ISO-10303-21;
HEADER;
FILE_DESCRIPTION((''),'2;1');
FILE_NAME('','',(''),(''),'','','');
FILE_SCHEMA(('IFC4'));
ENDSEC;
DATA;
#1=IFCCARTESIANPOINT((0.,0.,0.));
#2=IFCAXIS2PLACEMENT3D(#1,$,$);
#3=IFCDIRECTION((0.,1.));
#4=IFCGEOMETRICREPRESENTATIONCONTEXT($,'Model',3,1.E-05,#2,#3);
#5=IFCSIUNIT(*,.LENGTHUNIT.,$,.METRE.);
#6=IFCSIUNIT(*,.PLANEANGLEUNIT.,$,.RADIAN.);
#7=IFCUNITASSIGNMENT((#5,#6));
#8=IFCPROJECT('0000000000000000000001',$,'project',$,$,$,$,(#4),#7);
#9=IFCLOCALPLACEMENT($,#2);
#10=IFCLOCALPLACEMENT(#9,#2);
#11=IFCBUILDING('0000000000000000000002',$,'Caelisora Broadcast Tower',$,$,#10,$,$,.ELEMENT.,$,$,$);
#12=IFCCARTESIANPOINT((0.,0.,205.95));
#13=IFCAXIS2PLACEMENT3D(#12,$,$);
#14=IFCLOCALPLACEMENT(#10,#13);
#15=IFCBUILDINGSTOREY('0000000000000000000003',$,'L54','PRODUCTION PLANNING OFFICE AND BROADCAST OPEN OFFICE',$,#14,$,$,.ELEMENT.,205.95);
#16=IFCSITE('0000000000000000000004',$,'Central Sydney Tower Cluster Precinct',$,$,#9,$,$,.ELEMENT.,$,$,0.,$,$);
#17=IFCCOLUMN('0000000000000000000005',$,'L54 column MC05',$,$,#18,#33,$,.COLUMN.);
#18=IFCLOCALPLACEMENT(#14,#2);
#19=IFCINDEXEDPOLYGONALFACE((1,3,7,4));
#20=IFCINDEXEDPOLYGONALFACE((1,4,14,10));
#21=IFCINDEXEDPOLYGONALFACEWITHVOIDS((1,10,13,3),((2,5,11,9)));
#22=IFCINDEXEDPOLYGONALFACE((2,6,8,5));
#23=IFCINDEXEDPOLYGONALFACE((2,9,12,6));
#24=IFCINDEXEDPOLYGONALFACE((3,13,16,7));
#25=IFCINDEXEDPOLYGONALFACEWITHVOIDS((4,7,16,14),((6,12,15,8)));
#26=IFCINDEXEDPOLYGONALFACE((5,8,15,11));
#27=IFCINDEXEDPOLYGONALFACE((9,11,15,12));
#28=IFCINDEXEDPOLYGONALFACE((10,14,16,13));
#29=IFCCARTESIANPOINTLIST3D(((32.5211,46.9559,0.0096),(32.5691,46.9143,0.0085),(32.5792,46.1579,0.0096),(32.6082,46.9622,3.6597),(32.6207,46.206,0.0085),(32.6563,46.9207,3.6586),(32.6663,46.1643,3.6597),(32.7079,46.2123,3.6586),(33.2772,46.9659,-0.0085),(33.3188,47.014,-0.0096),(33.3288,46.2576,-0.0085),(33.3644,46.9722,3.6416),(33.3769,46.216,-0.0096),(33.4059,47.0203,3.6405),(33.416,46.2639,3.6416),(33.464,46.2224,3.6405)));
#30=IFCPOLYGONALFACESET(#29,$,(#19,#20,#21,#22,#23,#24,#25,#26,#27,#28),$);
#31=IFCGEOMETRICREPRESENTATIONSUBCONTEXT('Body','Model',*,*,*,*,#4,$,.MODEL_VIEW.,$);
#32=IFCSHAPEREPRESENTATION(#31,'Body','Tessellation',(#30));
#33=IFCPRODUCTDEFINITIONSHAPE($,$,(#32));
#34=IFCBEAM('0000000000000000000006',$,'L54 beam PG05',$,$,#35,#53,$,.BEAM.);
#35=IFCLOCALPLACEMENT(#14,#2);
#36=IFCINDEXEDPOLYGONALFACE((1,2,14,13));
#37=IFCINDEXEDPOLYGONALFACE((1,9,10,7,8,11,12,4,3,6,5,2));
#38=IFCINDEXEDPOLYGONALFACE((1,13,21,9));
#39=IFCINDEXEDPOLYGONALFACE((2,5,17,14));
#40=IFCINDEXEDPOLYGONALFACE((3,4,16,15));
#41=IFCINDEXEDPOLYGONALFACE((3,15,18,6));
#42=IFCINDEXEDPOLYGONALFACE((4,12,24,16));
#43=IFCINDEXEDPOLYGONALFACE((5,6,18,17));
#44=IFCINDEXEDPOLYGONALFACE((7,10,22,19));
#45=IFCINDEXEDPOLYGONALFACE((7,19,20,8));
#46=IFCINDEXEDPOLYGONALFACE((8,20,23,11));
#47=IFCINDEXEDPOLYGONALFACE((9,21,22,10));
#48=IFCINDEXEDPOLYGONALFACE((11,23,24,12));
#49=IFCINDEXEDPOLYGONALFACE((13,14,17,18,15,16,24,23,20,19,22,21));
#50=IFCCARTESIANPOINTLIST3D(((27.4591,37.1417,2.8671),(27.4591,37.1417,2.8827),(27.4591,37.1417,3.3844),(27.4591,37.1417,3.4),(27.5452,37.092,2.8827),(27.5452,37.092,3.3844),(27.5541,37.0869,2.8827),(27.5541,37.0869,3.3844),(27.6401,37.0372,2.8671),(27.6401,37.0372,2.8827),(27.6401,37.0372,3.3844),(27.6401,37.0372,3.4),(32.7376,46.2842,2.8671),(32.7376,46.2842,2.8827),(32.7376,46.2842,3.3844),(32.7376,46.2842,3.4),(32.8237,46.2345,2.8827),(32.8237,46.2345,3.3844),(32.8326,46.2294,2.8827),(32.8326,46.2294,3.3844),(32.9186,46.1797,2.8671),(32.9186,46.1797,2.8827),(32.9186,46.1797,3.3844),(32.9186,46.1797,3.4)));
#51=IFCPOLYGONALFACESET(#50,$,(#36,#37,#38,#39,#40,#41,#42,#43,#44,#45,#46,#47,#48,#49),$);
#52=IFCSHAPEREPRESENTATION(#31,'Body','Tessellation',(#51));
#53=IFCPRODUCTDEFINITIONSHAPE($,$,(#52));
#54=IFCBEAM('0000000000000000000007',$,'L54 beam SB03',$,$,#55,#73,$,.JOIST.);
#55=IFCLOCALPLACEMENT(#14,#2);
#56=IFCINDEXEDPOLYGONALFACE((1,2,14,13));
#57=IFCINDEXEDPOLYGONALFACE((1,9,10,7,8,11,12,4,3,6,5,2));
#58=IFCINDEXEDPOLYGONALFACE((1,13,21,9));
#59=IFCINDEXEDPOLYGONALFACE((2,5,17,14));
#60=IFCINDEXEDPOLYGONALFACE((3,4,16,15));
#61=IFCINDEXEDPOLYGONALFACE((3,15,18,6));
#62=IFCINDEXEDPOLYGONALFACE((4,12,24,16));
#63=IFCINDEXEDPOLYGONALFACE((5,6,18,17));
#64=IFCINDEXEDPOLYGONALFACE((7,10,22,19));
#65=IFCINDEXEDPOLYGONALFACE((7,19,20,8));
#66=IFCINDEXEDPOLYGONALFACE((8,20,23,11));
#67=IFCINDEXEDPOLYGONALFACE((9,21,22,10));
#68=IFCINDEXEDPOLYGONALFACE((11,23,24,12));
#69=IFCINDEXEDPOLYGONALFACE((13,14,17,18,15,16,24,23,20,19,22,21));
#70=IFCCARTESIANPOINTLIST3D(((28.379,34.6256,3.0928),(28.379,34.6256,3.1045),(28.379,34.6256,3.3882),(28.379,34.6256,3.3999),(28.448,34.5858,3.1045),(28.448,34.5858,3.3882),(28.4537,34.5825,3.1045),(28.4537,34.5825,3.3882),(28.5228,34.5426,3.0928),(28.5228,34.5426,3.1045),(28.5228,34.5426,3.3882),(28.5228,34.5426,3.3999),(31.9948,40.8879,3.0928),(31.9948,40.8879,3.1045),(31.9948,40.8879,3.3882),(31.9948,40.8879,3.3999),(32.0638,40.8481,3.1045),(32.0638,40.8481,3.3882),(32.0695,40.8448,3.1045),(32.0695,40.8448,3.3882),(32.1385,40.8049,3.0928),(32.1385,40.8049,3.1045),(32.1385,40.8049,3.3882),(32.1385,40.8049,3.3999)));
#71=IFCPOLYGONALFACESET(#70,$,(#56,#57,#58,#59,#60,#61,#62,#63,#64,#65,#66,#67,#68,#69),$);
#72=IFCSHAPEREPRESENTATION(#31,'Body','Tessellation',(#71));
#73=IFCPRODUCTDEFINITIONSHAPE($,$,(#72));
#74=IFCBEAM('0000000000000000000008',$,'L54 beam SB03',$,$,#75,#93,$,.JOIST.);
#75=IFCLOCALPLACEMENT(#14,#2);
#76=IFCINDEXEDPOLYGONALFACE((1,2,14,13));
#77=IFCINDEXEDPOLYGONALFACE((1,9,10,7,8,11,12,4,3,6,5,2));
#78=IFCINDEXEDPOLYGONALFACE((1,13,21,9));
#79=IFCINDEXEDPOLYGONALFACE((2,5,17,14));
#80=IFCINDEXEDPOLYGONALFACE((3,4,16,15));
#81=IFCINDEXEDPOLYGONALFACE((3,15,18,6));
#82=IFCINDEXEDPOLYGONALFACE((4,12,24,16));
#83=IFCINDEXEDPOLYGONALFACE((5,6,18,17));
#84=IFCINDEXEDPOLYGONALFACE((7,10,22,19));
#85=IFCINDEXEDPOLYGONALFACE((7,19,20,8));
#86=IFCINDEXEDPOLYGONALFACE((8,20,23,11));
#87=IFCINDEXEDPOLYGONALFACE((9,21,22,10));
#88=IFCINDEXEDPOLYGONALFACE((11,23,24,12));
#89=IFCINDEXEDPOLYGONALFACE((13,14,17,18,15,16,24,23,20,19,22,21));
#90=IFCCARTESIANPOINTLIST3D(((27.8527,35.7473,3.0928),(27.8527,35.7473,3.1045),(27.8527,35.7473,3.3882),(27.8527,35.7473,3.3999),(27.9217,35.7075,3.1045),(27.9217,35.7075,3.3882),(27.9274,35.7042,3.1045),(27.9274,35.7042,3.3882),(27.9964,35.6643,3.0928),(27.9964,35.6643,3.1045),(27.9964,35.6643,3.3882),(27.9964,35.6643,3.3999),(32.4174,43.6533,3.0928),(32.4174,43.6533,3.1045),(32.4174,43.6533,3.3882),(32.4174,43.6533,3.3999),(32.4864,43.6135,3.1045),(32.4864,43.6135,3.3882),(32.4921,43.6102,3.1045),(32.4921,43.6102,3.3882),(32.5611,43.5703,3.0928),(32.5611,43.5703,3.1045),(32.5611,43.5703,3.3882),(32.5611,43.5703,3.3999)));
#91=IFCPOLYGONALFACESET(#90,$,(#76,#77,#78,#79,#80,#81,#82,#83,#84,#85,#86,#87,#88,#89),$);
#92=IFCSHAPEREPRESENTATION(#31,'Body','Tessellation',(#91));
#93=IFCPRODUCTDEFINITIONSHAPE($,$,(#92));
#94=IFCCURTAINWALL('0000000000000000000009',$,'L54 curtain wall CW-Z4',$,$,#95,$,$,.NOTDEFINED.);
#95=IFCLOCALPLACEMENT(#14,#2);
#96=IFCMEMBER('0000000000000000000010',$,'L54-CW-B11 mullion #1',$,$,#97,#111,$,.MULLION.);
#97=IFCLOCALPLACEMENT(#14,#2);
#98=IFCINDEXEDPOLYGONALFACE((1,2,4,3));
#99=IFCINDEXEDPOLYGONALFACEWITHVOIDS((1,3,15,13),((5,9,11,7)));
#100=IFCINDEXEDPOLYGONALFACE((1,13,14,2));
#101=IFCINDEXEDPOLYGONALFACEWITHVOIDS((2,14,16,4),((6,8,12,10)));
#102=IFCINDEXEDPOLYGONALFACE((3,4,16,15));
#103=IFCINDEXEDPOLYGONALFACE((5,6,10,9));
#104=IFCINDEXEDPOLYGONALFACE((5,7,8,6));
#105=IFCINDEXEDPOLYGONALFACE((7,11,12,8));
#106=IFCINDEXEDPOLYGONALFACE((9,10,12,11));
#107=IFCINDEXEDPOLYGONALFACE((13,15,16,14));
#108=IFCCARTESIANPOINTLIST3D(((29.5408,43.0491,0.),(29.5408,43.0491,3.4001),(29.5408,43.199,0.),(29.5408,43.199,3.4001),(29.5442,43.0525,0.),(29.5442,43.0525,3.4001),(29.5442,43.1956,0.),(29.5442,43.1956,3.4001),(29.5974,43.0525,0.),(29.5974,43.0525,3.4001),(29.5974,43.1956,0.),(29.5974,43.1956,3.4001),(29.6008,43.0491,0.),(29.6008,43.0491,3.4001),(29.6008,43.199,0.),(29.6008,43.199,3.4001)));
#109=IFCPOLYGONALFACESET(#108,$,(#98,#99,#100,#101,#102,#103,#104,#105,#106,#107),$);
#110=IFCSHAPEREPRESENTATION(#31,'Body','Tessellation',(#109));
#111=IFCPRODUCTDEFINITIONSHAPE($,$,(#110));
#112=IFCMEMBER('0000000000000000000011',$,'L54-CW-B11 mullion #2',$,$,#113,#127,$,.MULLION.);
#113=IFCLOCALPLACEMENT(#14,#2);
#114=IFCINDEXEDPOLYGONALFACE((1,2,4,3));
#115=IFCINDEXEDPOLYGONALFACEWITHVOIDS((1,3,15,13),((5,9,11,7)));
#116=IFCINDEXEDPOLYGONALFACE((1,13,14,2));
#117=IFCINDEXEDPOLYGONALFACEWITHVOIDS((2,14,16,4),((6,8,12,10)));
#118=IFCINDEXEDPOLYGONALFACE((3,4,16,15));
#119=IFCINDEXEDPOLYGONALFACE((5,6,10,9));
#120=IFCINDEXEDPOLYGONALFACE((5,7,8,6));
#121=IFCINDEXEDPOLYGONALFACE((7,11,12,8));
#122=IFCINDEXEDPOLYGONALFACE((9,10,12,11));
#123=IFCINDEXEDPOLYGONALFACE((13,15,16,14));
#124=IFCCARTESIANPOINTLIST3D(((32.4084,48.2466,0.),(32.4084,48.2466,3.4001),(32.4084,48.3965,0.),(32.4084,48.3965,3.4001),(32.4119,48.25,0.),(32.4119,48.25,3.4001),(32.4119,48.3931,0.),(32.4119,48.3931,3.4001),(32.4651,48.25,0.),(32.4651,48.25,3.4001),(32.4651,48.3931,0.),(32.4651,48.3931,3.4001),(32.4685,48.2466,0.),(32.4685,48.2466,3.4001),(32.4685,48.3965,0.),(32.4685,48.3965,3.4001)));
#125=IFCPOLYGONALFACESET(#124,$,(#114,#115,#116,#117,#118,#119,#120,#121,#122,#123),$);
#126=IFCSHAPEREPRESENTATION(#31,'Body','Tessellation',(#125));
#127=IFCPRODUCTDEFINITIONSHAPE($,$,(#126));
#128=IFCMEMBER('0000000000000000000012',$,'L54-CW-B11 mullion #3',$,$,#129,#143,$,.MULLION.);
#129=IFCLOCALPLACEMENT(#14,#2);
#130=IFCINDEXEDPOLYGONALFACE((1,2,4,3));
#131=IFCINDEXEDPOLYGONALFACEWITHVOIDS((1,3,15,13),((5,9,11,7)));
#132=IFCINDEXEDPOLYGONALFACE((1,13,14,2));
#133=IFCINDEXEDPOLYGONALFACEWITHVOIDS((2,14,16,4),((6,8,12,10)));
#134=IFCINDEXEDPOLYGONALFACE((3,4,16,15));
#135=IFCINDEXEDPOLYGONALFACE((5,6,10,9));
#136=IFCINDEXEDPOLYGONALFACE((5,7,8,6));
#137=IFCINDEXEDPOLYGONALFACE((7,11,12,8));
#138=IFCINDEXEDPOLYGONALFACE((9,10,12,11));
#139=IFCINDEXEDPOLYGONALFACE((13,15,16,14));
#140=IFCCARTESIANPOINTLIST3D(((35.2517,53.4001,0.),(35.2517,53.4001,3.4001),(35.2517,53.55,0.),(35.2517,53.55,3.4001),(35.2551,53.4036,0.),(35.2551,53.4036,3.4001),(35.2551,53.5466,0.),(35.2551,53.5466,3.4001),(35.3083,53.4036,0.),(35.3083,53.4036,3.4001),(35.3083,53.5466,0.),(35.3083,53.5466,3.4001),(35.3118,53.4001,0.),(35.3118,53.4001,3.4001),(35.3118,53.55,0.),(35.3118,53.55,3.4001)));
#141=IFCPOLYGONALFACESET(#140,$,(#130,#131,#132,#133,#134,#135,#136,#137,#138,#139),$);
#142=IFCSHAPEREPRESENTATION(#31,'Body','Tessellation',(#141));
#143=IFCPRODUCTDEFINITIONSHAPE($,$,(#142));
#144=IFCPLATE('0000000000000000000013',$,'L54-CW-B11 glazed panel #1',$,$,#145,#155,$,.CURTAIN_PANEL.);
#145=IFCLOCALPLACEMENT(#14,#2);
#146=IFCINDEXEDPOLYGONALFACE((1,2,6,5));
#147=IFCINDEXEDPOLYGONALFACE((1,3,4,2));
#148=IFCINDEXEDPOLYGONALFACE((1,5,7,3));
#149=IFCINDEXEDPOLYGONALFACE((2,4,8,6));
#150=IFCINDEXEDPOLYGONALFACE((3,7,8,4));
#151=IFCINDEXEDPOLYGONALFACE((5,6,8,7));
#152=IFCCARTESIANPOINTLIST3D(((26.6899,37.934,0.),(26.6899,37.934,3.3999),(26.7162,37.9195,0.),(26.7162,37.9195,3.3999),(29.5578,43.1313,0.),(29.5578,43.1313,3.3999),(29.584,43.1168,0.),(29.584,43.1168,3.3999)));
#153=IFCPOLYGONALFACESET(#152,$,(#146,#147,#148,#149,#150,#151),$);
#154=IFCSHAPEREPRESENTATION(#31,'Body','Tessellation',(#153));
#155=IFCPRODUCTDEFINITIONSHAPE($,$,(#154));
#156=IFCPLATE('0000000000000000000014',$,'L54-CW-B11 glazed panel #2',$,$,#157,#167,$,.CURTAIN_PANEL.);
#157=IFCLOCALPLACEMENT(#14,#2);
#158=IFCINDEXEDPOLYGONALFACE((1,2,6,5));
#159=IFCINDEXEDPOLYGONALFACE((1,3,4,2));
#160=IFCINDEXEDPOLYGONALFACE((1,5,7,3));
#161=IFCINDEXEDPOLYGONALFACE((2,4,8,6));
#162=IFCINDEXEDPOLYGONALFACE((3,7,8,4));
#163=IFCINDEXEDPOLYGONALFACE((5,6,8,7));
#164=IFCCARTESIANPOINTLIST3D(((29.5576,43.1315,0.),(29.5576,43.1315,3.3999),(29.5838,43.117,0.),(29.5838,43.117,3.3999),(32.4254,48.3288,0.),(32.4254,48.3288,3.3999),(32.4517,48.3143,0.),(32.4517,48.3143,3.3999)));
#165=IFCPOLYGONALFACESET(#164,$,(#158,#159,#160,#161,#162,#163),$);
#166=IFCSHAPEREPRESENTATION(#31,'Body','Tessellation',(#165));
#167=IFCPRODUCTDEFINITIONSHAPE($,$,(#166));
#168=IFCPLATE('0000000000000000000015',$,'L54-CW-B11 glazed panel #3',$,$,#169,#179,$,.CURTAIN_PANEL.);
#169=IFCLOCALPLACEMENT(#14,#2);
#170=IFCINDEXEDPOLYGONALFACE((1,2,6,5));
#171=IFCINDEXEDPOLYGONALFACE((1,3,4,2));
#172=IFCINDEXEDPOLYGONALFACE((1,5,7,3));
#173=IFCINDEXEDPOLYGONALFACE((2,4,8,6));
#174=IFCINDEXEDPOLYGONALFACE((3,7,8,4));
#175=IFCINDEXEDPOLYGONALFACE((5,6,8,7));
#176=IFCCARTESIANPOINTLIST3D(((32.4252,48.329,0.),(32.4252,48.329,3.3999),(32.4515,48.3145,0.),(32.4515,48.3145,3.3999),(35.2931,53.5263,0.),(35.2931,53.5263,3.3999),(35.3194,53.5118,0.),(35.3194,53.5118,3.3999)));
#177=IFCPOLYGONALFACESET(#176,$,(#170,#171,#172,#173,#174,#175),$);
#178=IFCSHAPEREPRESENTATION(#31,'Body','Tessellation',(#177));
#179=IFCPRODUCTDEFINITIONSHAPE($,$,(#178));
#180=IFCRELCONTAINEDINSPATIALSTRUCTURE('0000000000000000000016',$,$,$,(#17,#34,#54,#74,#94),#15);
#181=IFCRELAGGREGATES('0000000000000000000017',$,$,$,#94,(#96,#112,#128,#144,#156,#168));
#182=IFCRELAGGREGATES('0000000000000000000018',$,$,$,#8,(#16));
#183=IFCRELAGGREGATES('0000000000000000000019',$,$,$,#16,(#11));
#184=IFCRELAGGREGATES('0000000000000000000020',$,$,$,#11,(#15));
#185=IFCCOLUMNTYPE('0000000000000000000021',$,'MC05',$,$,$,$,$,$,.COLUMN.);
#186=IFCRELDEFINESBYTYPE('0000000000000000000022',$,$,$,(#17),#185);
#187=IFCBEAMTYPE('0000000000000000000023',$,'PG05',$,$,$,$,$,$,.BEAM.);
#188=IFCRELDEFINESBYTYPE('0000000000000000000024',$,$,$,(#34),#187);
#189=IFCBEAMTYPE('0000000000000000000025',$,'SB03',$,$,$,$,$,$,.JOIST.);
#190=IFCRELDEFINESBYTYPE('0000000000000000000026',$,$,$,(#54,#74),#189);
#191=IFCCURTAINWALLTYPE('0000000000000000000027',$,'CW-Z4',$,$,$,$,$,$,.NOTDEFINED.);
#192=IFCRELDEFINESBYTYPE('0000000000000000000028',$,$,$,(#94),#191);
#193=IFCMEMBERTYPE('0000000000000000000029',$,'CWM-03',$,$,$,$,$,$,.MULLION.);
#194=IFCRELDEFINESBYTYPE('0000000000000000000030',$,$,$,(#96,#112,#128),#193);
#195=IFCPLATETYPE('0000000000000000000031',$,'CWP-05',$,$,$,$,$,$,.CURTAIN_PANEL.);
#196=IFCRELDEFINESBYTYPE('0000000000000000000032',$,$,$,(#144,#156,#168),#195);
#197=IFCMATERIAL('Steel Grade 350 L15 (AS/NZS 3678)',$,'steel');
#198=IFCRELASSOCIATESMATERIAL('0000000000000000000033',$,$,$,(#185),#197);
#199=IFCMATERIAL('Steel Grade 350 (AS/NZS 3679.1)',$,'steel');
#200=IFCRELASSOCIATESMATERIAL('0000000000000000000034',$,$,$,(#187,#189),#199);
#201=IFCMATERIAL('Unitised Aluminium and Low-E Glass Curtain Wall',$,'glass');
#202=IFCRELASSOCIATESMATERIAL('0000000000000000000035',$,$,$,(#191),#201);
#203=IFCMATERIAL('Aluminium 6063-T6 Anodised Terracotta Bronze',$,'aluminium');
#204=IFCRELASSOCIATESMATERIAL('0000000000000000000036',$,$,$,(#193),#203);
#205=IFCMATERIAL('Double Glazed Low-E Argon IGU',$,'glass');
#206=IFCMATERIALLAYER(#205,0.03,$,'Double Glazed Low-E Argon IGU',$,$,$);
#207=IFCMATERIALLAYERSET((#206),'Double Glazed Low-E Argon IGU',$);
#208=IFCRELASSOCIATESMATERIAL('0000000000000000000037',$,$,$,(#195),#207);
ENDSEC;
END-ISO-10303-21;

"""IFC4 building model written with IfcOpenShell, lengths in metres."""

from ifc_helpers import new_model, si_unit, direction, frame, origin, origin_2d, place, context, subcontext, project, spatial, rectangle, hollow_rectangle, i_section, extrude, source, transform, mapped, material, layer, layer_set, material_profile, profile_set, type_object, type_shapes, element, aggregate, save


model = new_model("IFC4")

# Units and contexts
model_context = context("Model", 3, precision=1e-05, world=origin(), true_north=direction((0.0, 1.0)))
body_context = subcontext(model_context, "Body", "Model", "MODEL_VIEW")
ifc_project = project(units=[si_unit("LENGTHUNIT", "METRE"), si_unit("PLANEANGLEUNIT", "RADIAN")], contexts=[model_context])

# Site, building, storey
site_placement = place(None, origin())
site = spatial("IfcSite", under=ifc_project, at=site_placement, Name="Central Sydney Tower Cluster Precinct", CompositionType="ELEMENT", RefElevation=0.0)
building_placement = place(site_placement, origin())
building = spatial("IfcBuilding", under=site, at=building_placement, Name="Caelisora Broadcast Tower", CompositionType="ELEMENT")
storey_placement = place(building_placement, frame((0.0, 0.0, 205.95)))
storey = spatial("IfcBuildingStorey", under=building, at=storey_placement, Name="L54", Description="PRODUCTION PLANNING OFFICE AND BROADCAST OPEN OFFICE", CompositionType="ELEMENT", Elevation=205.95)

# Column
ifc_material_1 = material(Name="Steel Grade 350 L15 (AS/NZS 3678)", Category="steel")
ifc_material_profile_1 = material_profile(ifc_material_1, hollow_rectangle(XDim=0.8, YDim=0.8, WallThickness=0.0449, at=origin_2d()), Name="Steel Grade 350 L15 (AS/NZS 3678)")
ifc_profile_set_1 = profile_set([ifc_material_profile_1], Name="Steel Grade 350 L15 (AS/NZS 3678)")
column_type = type_object("IfcColumnType", Name="MC05", PredefinedType="COLUMN", material=ifc_profile_set_1)
shared_shape_1 = source(origin(), body_context, "Body", "SweptSolid", [
    extrude(hollow_rectangle(XDim=0.8, YDim=0.8, WallThickness=0.0449, at=origin_2d()), origin(), (0.0, 0.0, 1.0), 3.6511),
])
type_shapes(column_type, [shared_shape_1])
column_placement = place(storey_placement, frame((32.949, 46.5859, 0.0), z_axis=(0.023871, 0.001739, 0.999714), x_axis=(-0.072637, 0.997358, 0.0)))
element("IfcColumn", 1, at=column_placement, inside=storey, type_object=column_type, Name="L54 column MC05", PredefinedType="COLUMN", context=body_context, shape_type="MappedRepresentation", body=[
    mapped(shared_shape_1, transform((0.0, 0.0, 0.0), scale=1.0)),
])

# Beams
ifc_material_2 = material(Name="Steel Grade 350 (AS/NZS 3679.1)", Category="steel")
ifc_material_profile_2 = material_profile(ifc_material_2, i_section(OverallWidth=0.209, OverallDepth=0.533, WebThickness=0.0103, FlangeThickness=0.0156, at=origin_2d()), Name="Steel Grade 350 (AS/NZS 3679.1)")
ifc_profile_set_2 = profile_set([ifc_material_profile_2], Name="Steel Grade 350 (AS/NZS 3679.1)")
beam_type_1 = type_object("IfcBeamType", Name="PG05", PredefinedType="BEAM", material=ifc_profile_set_2)
shared_shape_2 = source(origin(), body_context, "Body", "SweptSolid", [
    extrude(i_section(OverallWidth=0.209, OverallDepth=0.533, WebThickness=0.0103, FlangeThickness=0.0156, at=origin_2d()), origin(), (0.0, 0.0, 1.0), 10.5569),
])
type_shapes(beam_type_1, [shared_shape_2])
beam_1_placement = place(storey_placement, frame((32.8281, 46.2319, 3.1335), z_axis=(-0.500007, -0.866022, 0.0), x_axis=(0.866022, -0.500007, 0.0)))
element("IfcBeam", 2, at=beam_1_placement, inside=storey, type_object=beam_type_1, Name="L54 beam PG05", PredefinedType="BEAM", context=body_context, shape_type="MappedRepresentation", body=[
    mapped(shared_shape_2, transform((0.0, 0.0, 0.0), scale=1.0)),
])
ifc_material_profile_3 = material_profile(ifc_material_2, i_section(OverallWidth=0.166, OverallDepth=0.3071, WebThickness=0.0066, FlangeThickness=0.0117, at=origin_2d()), Name="Steel Grade 350 (AS/NZS 3679.1)")
ifc_profile_set_3 = profile_set([ifc_material_profile_3], Name="Steel Grade 350 (AS/NZS 3679.1)")
beam_type_2 = type_object("IfcBeamType", Name="SB03", PredefinedType="JOIST", material=ifc_profile_set_3)
shared_shape_3 = source(origin(), body_context, "Body", "SweptSolid", [
    extrude(i_section(OverallWidth=0.166, OverallDepth=0.3071, WebThickness=0.0066, FlangeThickness=0.0117, at=origin_2d()), origin(), (0.0, 0.0, 1.0), 7.2312),
])
beam_2_placement = place(storey_placement, frame((32.0667, 40.8464, 3.2463), z_axis=(-0.500024, -0.866011, 0.0), x_axis=(0.866011, -0.500024, 0.0)))
element("IfcBeam", 3, at=beam_2_placement, inside=storey, type_object=beam_type_2, Name="L54 beam SB03", PredefinedType="JOIST", context=body_context, shape_type="MappedRepresentation", body=[
    mapped(shared_shape_3, transform((0.0, 0.0, 0.0), scale=1.0)),
])
shared_shape_4 = source(origin(), body_context, "Body", "SweptSolid", [
    extrude(i_section(OverallWidth=0.166, OverallDepth=0.3071, WebThickness=0.0066, FlangeThickness=0.0117, at=origin_2d()), origin(), (0.0, 0.0, 1.0), 9.1292),
])
type_shapes(beam_type_2, [shared_shape_3, shared_shape_4])
beam_3_placement = place(storey_placement, frame((32.4893, 43.6118, 3.2463), z_axis=(-0.500013, -0.866018, 0.0), x_axis=(0.866018, -0.500013, 0.0)))
element("IfcBeam", 4, at=beam_3_placement, inside=storey, type_object=beam_type_2, Name="L54 beam SB03", PredefinedType="JOIST", context=body_context, shape_type="MappedRepresentation", body=[
    mapped(shared_shape_4, transform((0.0, 0.0, 0.0), scale=1.0)),
])

# Curtain wall, members, plates
ifc_material_3 = material(Name="Unitised Aluminium and Low-E Glass Curtain Wall", Category="glass")
curtain_wall_type = type_object("IfcCurtainWallType", Name="CW-Z4", PredefinedType="NOTDEFINED", material=ifc_material_3)
curtain_wall_placement = place(storey_placement, origin())
curtain_wall = element("IfcCurtainWall", 5, at=curtain_wall_placement, inside=storey, type_object=curtain_wall_type, Name="L54 curtain wall CW-Z4", PredefinedType="NOTDEFINED")
ifc_material_4 = material(Name="Aluminium 6063-T6 Anodised Terracotta Bronze", Category="aluminium")
ifc_material_profile_4 = material_profile(ifc_material_4, hollow_rectangle(XDim=0.0601, YDim=0.1499, WallThickness=0.0034, at=origin_2d()), Name="Aluminium 6063-T6 Anodised Terracotta Bronze")
ifc_profile_set_4 = profile_set([ifc_material_profile_4], Name="Aluminium 6063-T6 Anodised Terracotta Bronze")
member_type = type_object("IfcMemberType", Name="CWM-03", PredefinedType="MULLION", material=ifc_profile_set_4)
shared_shape_5 = source(origin(), body_context, "Body", "SweptSolid", [
    extrude(hollow_rectangle(XDim=0.0601, YDim=0.1499, WallThickness=0.0034, at=origin_2d()), origin(), (0.0, 0.0, 1.0), 3.4001),
])
type_shapes(member_type, [shared_shape_5])
member_1_placement = place(storey_placement, frame((29.5708, 43.124, 0.0), z_axis=(0.0, 0.0, 1.0), x_axis=(1.0, 0.0, 0.0)))
member_1 = element("IfcMember", 6, at=member_1_placement, type_object=member_type, Name="L54-CW-B11 mullion #1", PredefinedType="MULLION", context=body_context, shape_type="MappedRepresentation", body=[
    mapped(shared_shape_5, transform((0.0, 0.0, 0.0), scale=1.0)),
])
member_2_placement = place(storey_placement, frame((32.4385, 48.3215, 0.0), z_axis=(0.0, 0.0, 1.0), x_axis=(1.0, 0.0, 0.0)))
member_2 = element("IfcMember", 7, at=member_2_placement, type_object=member_type, Name="L54-CW-B11 mullion #2", PredefinedType="MULLION", context=body_context, shape_type="MappedRepresentation", body=[
    mapped(shared_shape_5, transform((0.0, 0.0, 0.0), scale=1.0)),
])
member_3_placement = place(storey_placement, frame((35.2817, 53.4751, 0.0), z_axis=(0.0, 0.0, 1.0), x_axis=(1.0, 0.0, 0.0)))
member_3 = element("IfcMember", 8, at=member_3_placement, type_object=member_type, Name="L54-CW-B11 mullion #3", PredefinedType="MULLION", context=body_context, shape_type="MappedRepresentation", body=[
    mapped(shared_shape_5, transform((0.0, 0.0, 0.0), scale=1.0)),
])
ifc_material_5 = material(Name="Double Glazed Low-E Argon IGU", Category="glass")
ifc_layer_1 = layer(ifc_material_5, 0.03, Name="Double Glazed Low-E Argon IGU")
ifc_layer_set_1 = layer_set([ifc_layer_1], Name="Double Glazed Low-E Argon IGU")
plate_type = type_object("IfcPlateType", Name="CWP-05", PredefinedType="CURTAIN_PANEL", material=ifc_layer_set_1)
shared_shape_6 = source(origin(), body_context, "Body", "SweptSolid", [
    extrude(rectangle(XDim=5.936, YDim=0.03, at=origin_2d()), origin(), (0.0, 0.0, 1.0), 3.3999),
])
type_shapes(plate_type, [shared_shape_6])
plate_1_placement = place(storey_placement, frame((28.137, 40.5254, 0.0), z_axis=(0.0, 0.0, 1.0), x_axis=(0.48313, 0.875549, 0.0)))
plate_1 = element("IfcPlate", 9, at=plate_1_placement, type_object=plate_type, Name="L54-CW-B11 glazed panel #1", PredefinedType="CURTAIN_PANEL", context=body_context, shape_type="MappedRepresentation", body=[
    mapped(shared_shape_6, transform((0.0, 0.0, 0.0), scale=1.0)),
])
plate_2_placement = place(storey_placement, frame((31.0046, 45.7229, 0.0), z_axis=(0.0, 0.0, 1.0), x_axis=(0.48313, 0.875549, 0.0)))
plate_2 = element("IfcPlate", 10, at=plate_2_placement, type_object=plate_type, Name="L54-CW-B11 glazed panel #2", PredefinedType="CURTAIN_PANEL", context=body_context, shape_type="MappedRepresentation", body=[
    mapped(shared_shape_6, transform((0.0, 0.0, 0.0), scale=1.0)),
])
plate_3_placement = place(storey_placement, frame((33.8723, 50.9204, 0.0), z_axis=(0.0, 0.0, 1.0), x_axis=(0.48313, 0.875549, 0.0)))
plate_3 = element("IfcPlate", 11, at=plate_3_placement, type_object=plate_type, Name="L54-CW-B11 glazed panel #3", PredefinedType="CURTAIN_PANEL", context=body_context, shape_type="MappedRepresentation", body=[
    mapped(shared_shape_6, transform((0.0, 0.0, 0.0), scale=1.0)),
])
aggregate(curtain_wall, [member_1, member_2, member_3, plate_1, plate_2, plate_3])

save(model, "model.ifc")
